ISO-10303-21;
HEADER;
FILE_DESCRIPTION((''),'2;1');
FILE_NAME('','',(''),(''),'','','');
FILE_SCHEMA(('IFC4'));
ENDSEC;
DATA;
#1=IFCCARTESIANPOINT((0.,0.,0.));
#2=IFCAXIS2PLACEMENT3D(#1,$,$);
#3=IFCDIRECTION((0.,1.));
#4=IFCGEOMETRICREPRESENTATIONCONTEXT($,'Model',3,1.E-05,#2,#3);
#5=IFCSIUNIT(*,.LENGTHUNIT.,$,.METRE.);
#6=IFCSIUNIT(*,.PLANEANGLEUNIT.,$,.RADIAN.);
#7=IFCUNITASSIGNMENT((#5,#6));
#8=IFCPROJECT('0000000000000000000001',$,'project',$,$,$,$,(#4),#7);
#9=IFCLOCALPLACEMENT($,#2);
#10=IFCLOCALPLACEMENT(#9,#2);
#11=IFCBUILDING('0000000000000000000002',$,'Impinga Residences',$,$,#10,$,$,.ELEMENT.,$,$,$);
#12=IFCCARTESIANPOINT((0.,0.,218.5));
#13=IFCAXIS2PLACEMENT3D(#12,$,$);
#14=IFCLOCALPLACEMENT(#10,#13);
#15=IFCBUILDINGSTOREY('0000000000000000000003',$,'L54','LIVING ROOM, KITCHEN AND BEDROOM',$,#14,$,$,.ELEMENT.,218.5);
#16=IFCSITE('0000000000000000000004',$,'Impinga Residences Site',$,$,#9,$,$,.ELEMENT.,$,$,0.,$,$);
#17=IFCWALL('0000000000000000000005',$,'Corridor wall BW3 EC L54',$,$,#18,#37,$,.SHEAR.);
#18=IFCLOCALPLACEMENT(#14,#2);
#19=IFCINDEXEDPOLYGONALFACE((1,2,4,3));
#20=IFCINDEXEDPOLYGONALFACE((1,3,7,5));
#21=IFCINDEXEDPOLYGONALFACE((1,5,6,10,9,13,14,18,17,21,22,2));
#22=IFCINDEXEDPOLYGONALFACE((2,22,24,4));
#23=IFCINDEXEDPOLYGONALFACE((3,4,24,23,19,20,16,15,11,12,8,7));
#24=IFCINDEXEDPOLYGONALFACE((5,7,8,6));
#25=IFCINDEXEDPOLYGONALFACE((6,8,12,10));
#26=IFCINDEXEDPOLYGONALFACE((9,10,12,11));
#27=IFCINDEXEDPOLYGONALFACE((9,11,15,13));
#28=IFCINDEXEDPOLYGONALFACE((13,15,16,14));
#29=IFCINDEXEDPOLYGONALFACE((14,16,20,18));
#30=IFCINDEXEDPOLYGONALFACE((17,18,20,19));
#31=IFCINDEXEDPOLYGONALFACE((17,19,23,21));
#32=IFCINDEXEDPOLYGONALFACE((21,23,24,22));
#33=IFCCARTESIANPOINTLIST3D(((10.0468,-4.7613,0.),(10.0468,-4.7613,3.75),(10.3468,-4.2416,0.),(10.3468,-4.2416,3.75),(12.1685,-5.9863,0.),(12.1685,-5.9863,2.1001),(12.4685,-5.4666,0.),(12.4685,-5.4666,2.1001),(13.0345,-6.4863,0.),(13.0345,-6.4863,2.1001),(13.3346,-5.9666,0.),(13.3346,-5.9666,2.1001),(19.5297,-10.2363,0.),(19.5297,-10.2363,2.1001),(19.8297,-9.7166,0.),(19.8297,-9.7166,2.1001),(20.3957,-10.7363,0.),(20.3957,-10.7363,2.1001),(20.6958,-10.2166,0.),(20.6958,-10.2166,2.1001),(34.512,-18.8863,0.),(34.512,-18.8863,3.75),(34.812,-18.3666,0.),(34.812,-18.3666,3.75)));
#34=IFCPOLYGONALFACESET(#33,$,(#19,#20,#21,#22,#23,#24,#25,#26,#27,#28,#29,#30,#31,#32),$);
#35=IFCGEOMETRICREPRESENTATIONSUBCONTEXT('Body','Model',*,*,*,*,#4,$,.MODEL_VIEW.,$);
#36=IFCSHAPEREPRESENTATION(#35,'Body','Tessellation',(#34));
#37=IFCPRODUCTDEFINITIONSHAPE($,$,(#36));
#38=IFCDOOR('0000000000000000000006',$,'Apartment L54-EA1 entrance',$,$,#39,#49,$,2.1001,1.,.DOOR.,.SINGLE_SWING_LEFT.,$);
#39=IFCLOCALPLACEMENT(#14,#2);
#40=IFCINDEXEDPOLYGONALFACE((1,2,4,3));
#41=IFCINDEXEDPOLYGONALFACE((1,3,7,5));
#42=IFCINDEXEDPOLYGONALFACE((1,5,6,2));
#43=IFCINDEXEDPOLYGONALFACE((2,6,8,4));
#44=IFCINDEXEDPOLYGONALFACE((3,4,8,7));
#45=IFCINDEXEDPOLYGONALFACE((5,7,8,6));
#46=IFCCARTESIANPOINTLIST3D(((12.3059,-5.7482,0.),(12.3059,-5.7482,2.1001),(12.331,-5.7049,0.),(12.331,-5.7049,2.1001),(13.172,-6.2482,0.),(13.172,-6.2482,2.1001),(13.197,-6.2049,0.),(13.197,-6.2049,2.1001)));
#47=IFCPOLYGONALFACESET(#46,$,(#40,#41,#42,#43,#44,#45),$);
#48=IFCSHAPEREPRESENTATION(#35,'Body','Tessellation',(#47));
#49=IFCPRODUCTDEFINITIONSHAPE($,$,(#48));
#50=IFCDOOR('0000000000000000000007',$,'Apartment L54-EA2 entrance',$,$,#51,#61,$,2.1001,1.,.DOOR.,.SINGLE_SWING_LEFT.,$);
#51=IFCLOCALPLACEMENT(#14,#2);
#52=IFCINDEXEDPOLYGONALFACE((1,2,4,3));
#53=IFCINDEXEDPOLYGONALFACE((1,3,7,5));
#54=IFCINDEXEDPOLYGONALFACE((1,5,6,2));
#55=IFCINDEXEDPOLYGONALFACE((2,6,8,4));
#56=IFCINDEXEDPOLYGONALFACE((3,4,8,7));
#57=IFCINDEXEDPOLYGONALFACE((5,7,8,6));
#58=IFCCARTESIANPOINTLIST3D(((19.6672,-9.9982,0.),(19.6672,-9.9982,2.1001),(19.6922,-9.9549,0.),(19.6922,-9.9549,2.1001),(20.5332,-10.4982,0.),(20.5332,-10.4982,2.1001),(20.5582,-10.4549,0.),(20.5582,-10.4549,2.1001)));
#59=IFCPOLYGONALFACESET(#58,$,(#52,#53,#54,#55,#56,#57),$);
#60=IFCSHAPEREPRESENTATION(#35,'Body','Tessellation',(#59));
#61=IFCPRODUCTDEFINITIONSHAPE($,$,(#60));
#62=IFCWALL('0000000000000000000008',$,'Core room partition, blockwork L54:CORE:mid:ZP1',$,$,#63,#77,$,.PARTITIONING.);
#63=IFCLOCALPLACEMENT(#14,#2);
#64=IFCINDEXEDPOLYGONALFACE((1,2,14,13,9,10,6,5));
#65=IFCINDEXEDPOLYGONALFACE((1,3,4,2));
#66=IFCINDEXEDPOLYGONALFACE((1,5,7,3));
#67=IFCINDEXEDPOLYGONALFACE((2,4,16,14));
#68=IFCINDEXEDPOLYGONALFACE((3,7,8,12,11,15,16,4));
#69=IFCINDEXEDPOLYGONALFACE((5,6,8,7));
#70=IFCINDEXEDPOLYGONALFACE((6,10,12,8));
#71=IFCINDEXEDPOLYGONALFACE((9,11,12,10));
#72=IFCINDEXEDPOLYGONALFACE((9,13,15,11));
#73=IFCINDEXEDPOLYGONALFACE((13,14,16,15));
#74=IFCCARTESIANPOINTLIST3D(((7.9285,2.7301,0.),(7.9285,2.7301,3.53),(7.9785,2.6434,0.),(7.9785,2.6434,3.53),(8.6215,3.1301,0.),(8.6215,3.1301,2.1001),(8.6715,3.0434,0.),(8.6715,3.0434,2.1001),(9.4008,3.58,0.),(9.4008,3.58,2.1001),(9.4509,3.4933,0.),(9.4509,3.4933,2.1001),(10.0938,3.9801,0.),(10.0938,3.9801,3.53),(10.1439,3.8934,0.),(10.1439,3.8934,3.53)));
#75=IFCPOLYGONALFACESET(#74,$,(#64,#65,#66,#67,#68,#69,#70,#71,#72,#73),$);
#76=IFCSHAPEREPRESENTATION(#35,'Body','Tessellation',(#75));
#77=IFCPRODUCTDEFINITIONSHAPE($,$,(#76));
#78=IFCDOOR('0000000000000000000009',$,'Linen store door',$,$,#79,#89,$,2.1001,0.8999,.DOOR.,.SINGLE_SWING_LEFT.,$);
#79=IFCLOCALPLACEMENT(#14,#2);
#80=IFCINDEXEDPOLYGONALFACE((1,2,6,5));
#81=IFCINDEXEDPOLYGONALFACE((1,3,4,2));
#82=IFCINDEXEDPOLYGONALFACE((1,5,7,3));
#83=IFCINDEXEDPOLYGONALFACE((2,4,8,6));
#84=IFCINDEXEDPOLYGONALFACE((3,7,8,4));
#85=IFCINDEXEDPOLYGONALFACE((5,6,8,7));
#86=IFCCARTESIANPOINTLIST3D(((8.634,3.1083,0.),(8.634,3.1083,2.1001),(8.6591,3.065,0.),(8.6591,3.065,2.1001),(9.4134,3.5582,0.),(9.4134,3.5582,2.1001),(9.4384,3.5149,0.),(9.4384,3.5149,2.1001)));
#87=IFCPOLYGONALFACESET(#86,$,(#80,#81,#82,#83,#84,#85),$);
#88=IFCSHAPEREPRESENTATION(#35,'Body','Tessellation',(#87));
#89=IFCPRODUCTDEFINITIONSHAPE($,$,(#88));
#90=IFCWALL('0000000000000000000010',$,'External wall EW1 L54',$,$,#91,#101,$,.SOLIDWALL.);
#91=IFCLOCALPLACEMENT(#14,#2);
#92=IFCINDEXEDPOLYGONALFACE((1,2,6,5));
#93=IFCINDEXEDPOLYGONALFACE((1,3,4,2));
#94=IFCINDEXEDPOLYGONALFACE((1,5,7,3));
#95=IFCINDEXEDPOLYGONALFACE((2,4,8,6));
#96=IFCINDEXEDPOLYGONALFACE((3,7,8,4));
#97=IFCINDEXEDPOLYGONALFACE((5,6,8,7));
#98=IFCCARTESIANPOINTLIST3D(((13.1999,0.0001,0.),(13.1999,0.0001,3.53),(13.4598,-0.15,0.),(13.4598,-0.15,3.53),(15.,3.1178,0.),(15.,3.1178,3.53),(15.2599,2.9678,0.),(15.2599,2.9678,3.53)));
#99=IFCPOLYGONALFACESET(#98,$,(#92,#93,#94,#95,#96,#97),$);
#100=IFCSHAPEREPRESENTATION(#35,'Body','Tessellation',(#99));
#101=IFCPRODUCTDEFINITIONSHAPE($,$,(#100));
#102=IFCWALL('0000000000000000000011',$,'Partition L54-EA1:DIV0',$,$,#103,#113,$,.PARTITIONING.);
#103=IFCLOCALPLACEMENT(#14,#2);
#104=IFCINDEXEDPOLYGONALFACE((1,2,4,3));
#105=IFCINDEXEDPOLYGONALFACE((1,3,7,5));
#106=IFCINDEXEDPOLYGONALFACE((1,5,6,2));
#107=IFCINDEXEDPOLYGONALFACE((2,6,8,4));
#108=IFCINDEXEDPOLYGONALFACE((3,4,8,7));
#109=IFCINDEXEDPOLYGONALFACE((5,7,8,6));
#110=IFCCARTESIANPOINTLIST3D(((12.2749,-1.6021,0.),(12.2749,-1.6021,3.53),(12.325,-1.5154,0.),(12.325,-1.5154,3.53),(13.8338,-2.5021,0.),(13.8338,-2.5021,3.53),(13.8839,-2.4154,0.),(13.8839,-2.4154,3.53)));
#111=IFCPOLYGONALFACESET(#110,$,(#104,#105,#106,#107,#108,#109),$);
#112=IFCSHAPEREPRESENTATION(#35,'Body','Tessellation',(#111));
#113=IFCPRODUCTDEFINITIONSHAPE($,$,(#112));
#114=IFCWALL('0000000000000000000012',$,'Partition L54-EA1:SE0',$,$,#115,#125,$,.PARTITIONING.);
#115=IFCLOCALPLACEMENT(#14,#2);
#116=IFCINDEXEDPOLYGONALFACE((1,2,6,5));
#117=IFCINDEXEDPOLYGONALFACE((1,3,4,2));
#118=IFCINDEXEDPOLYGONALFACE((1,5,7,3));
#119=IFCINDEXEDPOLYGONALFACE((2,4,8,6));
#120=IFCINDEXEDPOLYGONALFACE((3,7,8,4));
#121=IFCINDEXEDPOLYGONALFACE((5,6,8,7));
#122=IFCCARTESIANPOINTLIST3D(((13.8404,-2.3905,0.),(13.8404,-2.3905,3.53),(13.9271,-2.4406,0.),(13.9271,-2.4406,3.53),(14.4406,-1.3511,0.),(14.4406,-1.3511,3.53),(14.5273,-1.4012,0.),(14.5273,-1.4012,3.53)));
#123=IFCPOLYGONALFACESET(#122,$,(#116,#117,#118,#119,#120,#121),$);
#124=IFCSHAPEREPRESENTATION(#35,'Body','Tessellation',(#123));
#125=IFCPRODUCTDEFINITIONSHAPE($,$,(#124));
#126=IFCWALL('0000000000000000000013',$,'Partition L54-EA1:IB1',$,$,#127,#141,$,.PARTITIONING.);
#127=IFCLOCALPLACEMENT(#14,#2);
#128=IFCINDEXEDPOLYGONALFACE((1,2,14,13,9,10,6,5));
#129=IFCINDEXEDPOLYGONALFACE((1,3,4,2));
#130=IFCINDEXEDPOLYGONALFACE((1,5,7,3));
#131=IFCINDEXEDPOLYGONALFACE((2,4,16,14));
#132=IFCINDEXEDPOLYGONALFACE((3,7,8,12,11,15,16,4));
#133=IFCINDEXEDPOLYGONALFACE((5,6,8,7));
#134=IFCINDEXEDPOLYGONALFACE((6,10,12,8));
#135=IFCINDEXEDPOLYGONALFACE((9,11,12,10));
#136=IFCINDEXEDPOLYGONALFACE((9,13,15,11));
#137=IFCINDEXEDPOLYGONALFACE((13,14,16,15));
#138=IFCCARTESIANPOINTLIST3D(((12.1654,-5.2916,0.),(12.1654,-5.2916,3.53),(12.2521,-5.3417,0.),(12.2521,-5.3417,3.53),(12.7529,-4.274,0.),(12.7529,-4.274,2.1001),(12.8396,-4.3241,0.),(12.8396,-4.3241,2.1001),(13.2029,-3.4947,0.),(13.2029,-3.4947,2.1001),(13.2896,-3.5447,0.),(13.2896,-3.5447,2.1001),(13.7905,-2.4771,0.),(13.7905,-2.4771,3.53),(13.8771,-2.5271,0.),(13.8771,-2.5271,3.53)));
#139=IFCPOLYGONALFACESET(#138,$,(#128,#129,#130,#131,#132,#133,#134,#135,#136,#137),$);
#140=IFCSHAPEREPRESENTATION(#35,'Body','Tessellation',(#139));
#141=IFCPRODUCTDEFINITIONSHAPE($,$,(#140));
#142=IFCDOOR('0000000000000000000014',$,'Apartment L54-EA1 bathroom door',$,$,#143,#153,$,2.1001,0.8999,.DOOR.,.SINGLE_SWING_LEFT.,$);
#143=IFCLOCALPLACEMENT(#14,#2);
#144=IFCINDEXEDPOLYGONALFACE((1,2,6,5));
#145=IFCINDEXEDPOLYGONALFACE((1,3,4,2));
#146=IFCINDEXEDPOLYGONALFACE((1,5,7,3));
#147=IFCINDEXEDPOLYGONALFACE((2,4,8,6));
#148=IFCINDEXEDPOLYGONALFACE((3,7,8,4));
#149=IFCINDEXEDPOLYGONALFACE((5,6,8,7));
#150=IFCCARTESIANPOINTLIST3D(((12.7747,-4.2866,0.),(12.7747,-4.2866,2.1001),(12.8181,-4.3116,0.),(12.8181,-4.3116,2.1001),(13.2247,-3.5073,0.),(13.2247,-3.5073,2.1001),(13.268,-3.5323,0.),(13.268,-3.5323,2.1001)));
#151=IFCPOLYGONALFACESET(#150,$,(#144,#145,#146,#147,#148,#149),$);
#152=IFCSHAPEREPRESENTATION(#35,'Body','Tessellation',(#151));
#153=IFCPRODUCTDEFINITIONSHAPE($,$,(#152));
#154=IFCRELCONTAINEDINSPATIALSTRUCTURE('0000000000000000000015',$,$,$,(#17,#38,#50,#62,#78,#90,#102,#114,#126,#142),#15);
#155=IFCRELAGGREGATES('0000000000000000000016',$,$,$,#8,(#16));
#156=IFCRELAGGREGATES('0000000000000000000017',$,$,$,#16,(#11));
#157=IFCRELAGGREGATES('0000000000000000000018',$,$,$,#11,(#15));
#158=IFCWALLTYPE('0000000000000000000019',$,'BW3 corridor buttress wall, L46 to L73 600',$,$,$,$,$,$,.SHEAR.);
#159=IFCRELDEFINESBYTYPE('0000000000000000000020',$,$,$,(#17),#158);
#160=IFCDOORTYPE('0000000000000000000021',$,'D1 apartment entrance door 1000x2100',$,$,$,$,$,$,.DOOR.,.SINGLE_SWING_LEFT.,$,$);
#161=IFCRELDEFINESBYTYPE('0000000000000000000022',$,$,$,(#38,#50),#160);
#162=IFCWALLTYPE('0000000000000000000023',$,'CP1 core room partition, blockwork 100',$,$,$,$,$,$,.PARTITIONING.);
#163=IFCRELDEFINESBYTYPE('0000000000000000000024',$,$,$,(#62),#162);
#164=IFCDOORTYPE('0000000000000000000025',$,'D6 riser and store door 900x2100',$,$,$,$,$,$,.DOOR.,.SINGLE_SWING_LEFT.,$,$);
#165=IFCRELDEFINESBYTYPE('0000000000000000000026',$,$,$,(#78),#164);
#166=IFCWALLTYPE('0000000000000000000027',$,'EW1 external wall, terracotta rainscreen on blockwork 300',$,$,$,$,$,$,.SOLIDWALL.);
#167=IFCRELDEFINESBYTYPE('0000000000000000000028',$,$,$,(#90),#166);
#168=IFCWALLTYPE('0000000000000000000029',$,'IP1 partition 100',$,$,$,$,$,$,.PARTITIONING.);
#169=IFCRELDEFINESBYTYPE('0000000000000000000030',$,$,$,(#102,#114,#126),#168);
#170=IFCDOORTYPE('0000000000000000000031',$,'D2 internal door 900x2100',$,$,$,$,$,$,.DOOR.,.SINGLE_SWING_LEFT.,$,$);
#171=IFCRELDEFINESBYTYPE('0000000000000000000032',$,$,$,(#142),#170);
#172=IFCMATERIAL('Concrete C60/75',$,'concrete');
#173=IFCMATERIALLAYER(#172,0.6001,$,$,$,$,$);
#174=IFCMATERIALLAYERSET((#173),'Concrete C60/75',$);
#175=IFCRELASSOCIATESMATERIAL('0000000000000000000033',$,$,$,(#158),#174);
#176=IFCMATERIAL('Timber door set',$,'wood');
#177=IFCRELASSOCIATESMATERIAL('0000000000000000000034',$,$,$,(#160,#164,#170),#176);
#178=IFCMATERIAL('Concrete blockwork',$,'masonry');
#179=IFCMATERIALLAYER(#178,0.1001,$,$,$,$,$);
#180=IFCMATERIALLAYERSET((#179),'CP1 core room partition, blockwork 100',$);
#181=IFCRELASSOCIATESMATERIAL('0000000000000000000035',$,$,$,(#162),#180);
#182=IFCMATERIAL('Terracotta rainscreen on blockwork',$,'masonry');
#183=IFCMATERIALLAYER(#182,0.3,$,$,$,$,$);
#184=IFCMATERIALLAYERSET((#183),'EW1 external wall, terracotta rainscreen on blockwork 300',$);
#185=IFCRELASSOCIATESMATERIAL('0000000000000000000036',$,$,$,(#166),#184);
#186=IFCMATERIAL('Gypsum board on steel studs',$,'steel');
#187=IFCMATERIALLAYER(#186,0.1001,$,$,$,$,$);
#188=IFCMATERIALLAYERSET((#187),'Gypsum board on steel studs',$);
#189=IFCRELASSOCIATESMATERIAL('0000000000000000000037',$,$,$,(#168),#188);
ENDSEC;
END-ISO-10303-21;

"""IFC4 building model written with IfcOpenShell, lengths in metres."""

from ifc_helpers import new_model, si_unit, direction, frame, frame_2d, origin, place, context, subcontext, project, spatial, rectangle, extrude, material, layer, layer_set, type_object, element, fill, save


model = new_model("IFC4")

# Units and contexts
model_context = context("Model", 3, precision=1e-05, world=origin(), true_north=direction((0.0, 1.0)))
body_context = subcontext(model_context, "Body", "Model", "MODEL_VIEW")
ifc_project = project(units=[si_unit("LENGTHUNIT", "METRE"), si_unit("PLANEANGLEUNIT", "RADIAN")], contexts=[model_context])

# Site, building, storey
site_placement = place(None, origin())
site = spatial("IfcSite", under=ifc_project, at=site_placement, Name="Impinga Residences Site", CompositionType="ELEMENT", RefElevation=0.0)
building_placement = place(site_placement, origin())
building = spatial("IfcBuilding", under=site, at=building_placement, Name="Impinga Residences", CompositionType="ELEMENT")
storey_placement = place(building_placement, frame((0.0, 0.0, 218.5)))
storey = spatial("IfcBuildingStorey", under=building, at=storey_placement, Name="L54", Description="LIVING ROOM, KITCHEN AND BEDROOM", CompositionType="ELEMENT", Elevation=218.5)

# Wall, openings, doors
ifc_material_1 = material(Name="Concrete C60/75", Category="concrete")
ifc_layer_1 = layer(ifc_material_1, 0.6001)
ifc_layer_set_1 = layer_set([ifc_layer_1], Name="Concrete C60/75")
wall_type_1 = type_object("IfcWallType", Name="BW3 corridor buttress wall, L46 to L73 600", PredefinedType="SHEAR", material=ifc_layer_set_1)
wall_1_placement = place(storey_placement, frame((10.1968, -4.5015, 0.0), z_axis=(0.0, 0.0, 1.0), x_axis=(0.866026, -0.499998, 0.0)))
wall_1 = element("IfcWall", 1, at=wall_1_placement, inside=storey, type_object=wall_type_1, Name="Corridor wall BW3 EC L54", PredefinedType="SHEAR", context=body_context, shape_type="SweptSolid", body=[
    extrude(rectangle(XDim=28.25, YDim=0.6001, at=frame_2d((14.125, 0.0))), origin(), (0.0, 0.0, 1.0), 3.75),
])
opening_1_placement = place(wall_1_placement, frame((2.45, 0.0, 0.0)))
opening_1 = element("IfcOpeningElement", 2, at=opening_1_placement, cuts=wall_1, PredefinedType="OPENING", context=body_context, shape_type="SweptSolid", body=[
    extrude(rectangle(XDim=1.0, YDim=2.1001, at=frame_2d((0.5, 1.05))), frame((0.0, 0.3101, 0.0), z_axis=(0.0, -1.0, 0.0), x_axis=(1.0, 0.0, 0.0)), (0.0, 0.0, 1.0), 0.6201),
])
opening_2_placement = place(wall_1_placement, frame((10.95, 0.0, 0.0)))
opening_2 = element("IfcOpeningElement", 3, at=opening_2_placement, cuts=wall_1, PredefinedType="OPENING", context=body_context, shape_type="SweptSolid", body=[
    extrude(rectangle(XDim=1.0, YDim=2.1001, at=frame_2d((0.5, 1.05))), frame((0.0, 0.3101, 0.0), z_axis=(0.0, -1.0, 0.0), x_axis=(1.0, 0.0, 0.0)), (0.0, 0.0, 1.0), 0.6201),
])
ifc_material_2 = material(Name="Timber door set", Category="wood")
door_type_1 = type_object("IfcDoorType", Name="D1 apartment entrance door 1000x2100", OperationType="SINGLE_SWING_LEFT", PredefinedType="DOOR", material=ifc_material_2)
door_1_placement = place(opening_1_placement, origin())
door_1 = element("IfcDoor", 4, at=door_1_placement, inside=storey, type_object=door_type_1, Name="Apartment L54-EA1 entrance", OperationType="SINGLE_SWING_LEFT", OverallHeight=2.1001, OverallWidth=1.0, PredefinedType="DOOR", context=body_context, shape_type="SweptSolid", body=[
    extrude(rectangle(XDim=1.0, YDim=2.1001, at=frame_2d((0.5, 1.05))), frame((0.0, 0.0249, 0.0), z_axis=(0.0, -1.0, 0.0), x_axis=(1.0, 0.0, 0.0)), (0.0, 0.0, 1.0), 0.05),
])
fill(opening_1, door_1)
door_2_placement = place(opening_2_placement, origin())
door_2 = element("IfcDoor", 5, at=door_2_placement, inside=storey, type_object=door_type_1, Name="Apartment L54-EA2 entrance", OperationType="SINGLE_SWING_LEFT", OverallHeight=2.1001, OverallWidth=1.0, PredefinedType="DOOR", context=body_context, shape_type="SweptSolid", body=[
    extrude(rectangle(XDim=1.0, YDim=2.1001, at=frame_2d((0.5, 1.05))), frame((0.0, 0.0249, 0.0), z_axis=(0.0, -1.0, 0.0), x_axis=(1.0, 0.0, 0.0)), (0.0, 0.0, 1.0), 0.05),
])
fill(opening_2, door_2)

# Wall, opening, door
ifc_material_3 = material(Name="Concrete blockwork", Category="masonry")
ifc_layer_2 = layer(ifc_material_3, 0.1001)
ifc_layer_set_2 = layer_set([ifc_layer_2], Name="CP1 core room partition, blockwork 100")
wall_type_2 = type_object("IfcWallType", Name="CP1 core room partition, blockwork 100", PredefinedType="PARTITIONING", material=ifc_layer_set_2)
wall_2_placement = place(storey_placement, frame((7.9536, 2.6868, 0.0), z_axis=(0.0, 0.0, 1.0), x_axis=(0.866047, 0.499962, 0.0)))
wall_2 = element("IfcWall", 6, at=wall_2_placement, inside=storey, type_object=wall_type_2, Name="Core room partition, blockwork L54:CORE:mid:ZP1", PredefinedType="PARTITIONING", context=body_context, shape_type="SweptSolid", body=[
    extrude(rectangle(XDim=2.5002, YDim=0.1001, at=frame_2d((1.25, 0.0))), origin(), (0.0, 0.0, 1.0), 3.53),
])
opening_3_placement = place(wall_2_placement, frame((0.8, 0.0, 0.0)))
opening_3 = element("IfcOpeningElement", 7, at=opening_3_placement, cuts=wall_2, PredefinedType="OPENING", context=body_context, shape_type="SweptSolid", body=[
    extrude(rectangle(XDim=0.8999, YDim=2.1001, at=frame_2d((0.45, 1.05))), frame((0.0, 0.0601, 0.0), z_axis=(0.0, -1.0, 0.0), x_axis=(1.0, 0.0, 0.0)), (0.0, 0.0, 1.0), 0.1201),
])
door_type_2 = type_object("IfcDoorType", Name="D6 riser and store door 900x2100", OperationType="SINGLE_SWING_LEFT", PredefinedType="DOOR", material=ifc_material_2)
door_3_placement = place(opening_3_placement, origin())
door_3 = element("IfcDoor", 8, at=door_3_placement, inside=storey, type_object=door_type_2, Name="Linen store door", OperationType="SINGLE_SWING_LEFT", OverallHeight=2.1001, OverallWidth=0.8999, PredefinedType="DOOR", context=body_context, shape_type="SweptSolid", body=[
    extrude(rectangle(XDim=0.8999, YDim=2.1001, at=frame_2d((0.45, 1.05))), frame((0.0, 0.0249, 0.0), z_axis=(0.0, -1.0, 0.0), x_axis=(1.0, 0.0, 0.0)), (0.0, 0.0, 1.0), 0.05),
])
fill(opening_3, door_3)

# Walls
ifc_material_4 = material(Name="Terracotta rainscreen on blockwork", Category="masonry")
ifc_layer_3 = layer(ifc_material_4, 0.3)
ifc_layer_set_3 = layer_set([ifc_layer_3], Name="EW1 external wall, terracotta rainscreen on blockwork 300")
wall_type_3 = type_object("IfcWallType", Name="EW1 external wall, terracotta rainscreen on blockwork 300", PredefinedType="SOLIDWALL", material=ifc_layer_set_3)
wall_3_placement = place(storey_placement, frame((13.3298, -0.075, 0.0), z_axis=(0.0, 0.0, 1.0), x_axis=(0.500012, 0.866018, 0.0)))
element("IfcWall", 9, at=wall_3_placement, inside=storey, type_object=wall_type_3, Name="External wall EW1 L54", PredefinedType="SOLIDWALL", context=body_context, shape_type="SweptSolid", body=[
    extrude(rectangle(XDim=3.6001, YDim=0.3, at=frame_2d((1.8, 0.0))), origin(), (0.0, 0.0, 1.0), 3.53),
])
ifc_material_5 = material(Name="Gypsum board on steel studs", Category="steel")
ifc_layer_4 = layer(ifc_material_5, 0.1001)
ifc_layer_set_4 = layer_set([ifc_layer_4], Name="Gypsum board on steel studs")
wall_type_4 = type_object("IfcWallType", Name="IP1 partition 100", PredefinedType="PARTITIONING", material=ifc_layer_set_4)
wall_4_placement = place(storey_placement, frame((12.3, -1.5588, 0.0), z_axis=(0.0, 0.0, 1.0), x_axis=(0.866048, -0.499961, 0.0)))
element("IfcWall", 10, at=wall_4_placement, inside=storey, type_object=wall_type_4, Name="Partition L54-EA1:DIV0", PredefinedType="PARTITIONING", context=body_context, shape_type="SweptSolid", body=[
    extrude(rectangle(XDim=1.8, YDim=0.1001, at=frame_2d((0.8999, 0.0))), origin(), (0.0, 0.0, 1.0), 3.53),
])
wall_5_placement = place(storey_placement, frame((13.8838, -2.4155, 0.0), z_axis=(0.0, 0.0, 1.0), x_axis=(0.500034, 0.866006, 0.0)))
element("IfcWall", 11, at=wall_5_placement, inside=storey, type_object=wall_type_4, Name="Partition L54-EA1:SE0", PredefinedType="PARTITIONING", context=body_context, shape_type="SweptSolid", body=[
    extrude(rectangle(XDim=1.2002, YDim=0.1001, at=frame_2d((0.6001, 0.0))), origin(), (0.0, 0.0, 1.0), 3.53),
])

# Wall, opening, door
wall_6_placement = place(storey_placement, frame((12.2087, -5.3167, 0.0), z_axis=(0.0, 0.0, 1.0), x_axis=(0.500017, 0.866015, 0.0)))
wall_6 = element("IfcWall", 12, at=wall_6_placement, inside=storey, type_object=wall_type_4, Name="Partition L54-EA1:IB1", PredefinedType="PARTITIONING", context=body_context, shape_type="SweptSolid", body=[
    extrude(rectangle(XDim=3.25, YDim=0.1001, at=frame_2d((1.625, 0.0))), origin(), (0.0, 0.0, 1.0), 3.53),
])
opening_4_placement = place(wall_6_placement, frame((1.175, 0.0, 0.0)))
opening_4 = element("IfcOpeningElement", 13, at=opening_4_placement, cuts=wall_6, PredefinedType="OPENING", context=body_context, shape_type="SweptSolid", body=[
    extrude(rectangle(XDim=0.8999, YDim=2.1001, at=frame_2d((0.45, 1.05))), frame((0.0, 0.0601, 0.0), z_axis=(0.0, -1.0, 0.0), x_axis=(1.0, 0.0, 0.0)), (0.0, 0.0, 1.0), 0.1201),
])
door_type_3 = type_object("IfcDoorType", Name="D2 internal door 900x2100", OperationType="SINGLE_SWING_LEFT", PredefinedType="DOOR", material=ifc_material_2)
door_4_placement = place(opening_4_placement, origin())
door_4 = element("IfcDoor", 14, at=door_4_placement, inside=storey, type_object=door_type_3, Name="Apartment L54-EA1 bathroom door", OperationType="SINGLE_SWING_LEFT", OverallHeight=2.1001, OverallWidth=0.8999, PredefinedType="DOOR", context=body_context, shape_type="SweptSolid", body=[
    extrude(rectangle(XDim=0.8999, YDim=2.1001, at=frame_2d((0.45, 1.05))), frame((0.0, 0.0249, 0.0), z_axis=(0.0, -1.0, 0.0), x_axis=(1.0, 0.0, 0.0)), (0.0, 0.0, 1.0), 0.05),
])
fill(opening_4, door_4)

save(model, "model.ifc")
